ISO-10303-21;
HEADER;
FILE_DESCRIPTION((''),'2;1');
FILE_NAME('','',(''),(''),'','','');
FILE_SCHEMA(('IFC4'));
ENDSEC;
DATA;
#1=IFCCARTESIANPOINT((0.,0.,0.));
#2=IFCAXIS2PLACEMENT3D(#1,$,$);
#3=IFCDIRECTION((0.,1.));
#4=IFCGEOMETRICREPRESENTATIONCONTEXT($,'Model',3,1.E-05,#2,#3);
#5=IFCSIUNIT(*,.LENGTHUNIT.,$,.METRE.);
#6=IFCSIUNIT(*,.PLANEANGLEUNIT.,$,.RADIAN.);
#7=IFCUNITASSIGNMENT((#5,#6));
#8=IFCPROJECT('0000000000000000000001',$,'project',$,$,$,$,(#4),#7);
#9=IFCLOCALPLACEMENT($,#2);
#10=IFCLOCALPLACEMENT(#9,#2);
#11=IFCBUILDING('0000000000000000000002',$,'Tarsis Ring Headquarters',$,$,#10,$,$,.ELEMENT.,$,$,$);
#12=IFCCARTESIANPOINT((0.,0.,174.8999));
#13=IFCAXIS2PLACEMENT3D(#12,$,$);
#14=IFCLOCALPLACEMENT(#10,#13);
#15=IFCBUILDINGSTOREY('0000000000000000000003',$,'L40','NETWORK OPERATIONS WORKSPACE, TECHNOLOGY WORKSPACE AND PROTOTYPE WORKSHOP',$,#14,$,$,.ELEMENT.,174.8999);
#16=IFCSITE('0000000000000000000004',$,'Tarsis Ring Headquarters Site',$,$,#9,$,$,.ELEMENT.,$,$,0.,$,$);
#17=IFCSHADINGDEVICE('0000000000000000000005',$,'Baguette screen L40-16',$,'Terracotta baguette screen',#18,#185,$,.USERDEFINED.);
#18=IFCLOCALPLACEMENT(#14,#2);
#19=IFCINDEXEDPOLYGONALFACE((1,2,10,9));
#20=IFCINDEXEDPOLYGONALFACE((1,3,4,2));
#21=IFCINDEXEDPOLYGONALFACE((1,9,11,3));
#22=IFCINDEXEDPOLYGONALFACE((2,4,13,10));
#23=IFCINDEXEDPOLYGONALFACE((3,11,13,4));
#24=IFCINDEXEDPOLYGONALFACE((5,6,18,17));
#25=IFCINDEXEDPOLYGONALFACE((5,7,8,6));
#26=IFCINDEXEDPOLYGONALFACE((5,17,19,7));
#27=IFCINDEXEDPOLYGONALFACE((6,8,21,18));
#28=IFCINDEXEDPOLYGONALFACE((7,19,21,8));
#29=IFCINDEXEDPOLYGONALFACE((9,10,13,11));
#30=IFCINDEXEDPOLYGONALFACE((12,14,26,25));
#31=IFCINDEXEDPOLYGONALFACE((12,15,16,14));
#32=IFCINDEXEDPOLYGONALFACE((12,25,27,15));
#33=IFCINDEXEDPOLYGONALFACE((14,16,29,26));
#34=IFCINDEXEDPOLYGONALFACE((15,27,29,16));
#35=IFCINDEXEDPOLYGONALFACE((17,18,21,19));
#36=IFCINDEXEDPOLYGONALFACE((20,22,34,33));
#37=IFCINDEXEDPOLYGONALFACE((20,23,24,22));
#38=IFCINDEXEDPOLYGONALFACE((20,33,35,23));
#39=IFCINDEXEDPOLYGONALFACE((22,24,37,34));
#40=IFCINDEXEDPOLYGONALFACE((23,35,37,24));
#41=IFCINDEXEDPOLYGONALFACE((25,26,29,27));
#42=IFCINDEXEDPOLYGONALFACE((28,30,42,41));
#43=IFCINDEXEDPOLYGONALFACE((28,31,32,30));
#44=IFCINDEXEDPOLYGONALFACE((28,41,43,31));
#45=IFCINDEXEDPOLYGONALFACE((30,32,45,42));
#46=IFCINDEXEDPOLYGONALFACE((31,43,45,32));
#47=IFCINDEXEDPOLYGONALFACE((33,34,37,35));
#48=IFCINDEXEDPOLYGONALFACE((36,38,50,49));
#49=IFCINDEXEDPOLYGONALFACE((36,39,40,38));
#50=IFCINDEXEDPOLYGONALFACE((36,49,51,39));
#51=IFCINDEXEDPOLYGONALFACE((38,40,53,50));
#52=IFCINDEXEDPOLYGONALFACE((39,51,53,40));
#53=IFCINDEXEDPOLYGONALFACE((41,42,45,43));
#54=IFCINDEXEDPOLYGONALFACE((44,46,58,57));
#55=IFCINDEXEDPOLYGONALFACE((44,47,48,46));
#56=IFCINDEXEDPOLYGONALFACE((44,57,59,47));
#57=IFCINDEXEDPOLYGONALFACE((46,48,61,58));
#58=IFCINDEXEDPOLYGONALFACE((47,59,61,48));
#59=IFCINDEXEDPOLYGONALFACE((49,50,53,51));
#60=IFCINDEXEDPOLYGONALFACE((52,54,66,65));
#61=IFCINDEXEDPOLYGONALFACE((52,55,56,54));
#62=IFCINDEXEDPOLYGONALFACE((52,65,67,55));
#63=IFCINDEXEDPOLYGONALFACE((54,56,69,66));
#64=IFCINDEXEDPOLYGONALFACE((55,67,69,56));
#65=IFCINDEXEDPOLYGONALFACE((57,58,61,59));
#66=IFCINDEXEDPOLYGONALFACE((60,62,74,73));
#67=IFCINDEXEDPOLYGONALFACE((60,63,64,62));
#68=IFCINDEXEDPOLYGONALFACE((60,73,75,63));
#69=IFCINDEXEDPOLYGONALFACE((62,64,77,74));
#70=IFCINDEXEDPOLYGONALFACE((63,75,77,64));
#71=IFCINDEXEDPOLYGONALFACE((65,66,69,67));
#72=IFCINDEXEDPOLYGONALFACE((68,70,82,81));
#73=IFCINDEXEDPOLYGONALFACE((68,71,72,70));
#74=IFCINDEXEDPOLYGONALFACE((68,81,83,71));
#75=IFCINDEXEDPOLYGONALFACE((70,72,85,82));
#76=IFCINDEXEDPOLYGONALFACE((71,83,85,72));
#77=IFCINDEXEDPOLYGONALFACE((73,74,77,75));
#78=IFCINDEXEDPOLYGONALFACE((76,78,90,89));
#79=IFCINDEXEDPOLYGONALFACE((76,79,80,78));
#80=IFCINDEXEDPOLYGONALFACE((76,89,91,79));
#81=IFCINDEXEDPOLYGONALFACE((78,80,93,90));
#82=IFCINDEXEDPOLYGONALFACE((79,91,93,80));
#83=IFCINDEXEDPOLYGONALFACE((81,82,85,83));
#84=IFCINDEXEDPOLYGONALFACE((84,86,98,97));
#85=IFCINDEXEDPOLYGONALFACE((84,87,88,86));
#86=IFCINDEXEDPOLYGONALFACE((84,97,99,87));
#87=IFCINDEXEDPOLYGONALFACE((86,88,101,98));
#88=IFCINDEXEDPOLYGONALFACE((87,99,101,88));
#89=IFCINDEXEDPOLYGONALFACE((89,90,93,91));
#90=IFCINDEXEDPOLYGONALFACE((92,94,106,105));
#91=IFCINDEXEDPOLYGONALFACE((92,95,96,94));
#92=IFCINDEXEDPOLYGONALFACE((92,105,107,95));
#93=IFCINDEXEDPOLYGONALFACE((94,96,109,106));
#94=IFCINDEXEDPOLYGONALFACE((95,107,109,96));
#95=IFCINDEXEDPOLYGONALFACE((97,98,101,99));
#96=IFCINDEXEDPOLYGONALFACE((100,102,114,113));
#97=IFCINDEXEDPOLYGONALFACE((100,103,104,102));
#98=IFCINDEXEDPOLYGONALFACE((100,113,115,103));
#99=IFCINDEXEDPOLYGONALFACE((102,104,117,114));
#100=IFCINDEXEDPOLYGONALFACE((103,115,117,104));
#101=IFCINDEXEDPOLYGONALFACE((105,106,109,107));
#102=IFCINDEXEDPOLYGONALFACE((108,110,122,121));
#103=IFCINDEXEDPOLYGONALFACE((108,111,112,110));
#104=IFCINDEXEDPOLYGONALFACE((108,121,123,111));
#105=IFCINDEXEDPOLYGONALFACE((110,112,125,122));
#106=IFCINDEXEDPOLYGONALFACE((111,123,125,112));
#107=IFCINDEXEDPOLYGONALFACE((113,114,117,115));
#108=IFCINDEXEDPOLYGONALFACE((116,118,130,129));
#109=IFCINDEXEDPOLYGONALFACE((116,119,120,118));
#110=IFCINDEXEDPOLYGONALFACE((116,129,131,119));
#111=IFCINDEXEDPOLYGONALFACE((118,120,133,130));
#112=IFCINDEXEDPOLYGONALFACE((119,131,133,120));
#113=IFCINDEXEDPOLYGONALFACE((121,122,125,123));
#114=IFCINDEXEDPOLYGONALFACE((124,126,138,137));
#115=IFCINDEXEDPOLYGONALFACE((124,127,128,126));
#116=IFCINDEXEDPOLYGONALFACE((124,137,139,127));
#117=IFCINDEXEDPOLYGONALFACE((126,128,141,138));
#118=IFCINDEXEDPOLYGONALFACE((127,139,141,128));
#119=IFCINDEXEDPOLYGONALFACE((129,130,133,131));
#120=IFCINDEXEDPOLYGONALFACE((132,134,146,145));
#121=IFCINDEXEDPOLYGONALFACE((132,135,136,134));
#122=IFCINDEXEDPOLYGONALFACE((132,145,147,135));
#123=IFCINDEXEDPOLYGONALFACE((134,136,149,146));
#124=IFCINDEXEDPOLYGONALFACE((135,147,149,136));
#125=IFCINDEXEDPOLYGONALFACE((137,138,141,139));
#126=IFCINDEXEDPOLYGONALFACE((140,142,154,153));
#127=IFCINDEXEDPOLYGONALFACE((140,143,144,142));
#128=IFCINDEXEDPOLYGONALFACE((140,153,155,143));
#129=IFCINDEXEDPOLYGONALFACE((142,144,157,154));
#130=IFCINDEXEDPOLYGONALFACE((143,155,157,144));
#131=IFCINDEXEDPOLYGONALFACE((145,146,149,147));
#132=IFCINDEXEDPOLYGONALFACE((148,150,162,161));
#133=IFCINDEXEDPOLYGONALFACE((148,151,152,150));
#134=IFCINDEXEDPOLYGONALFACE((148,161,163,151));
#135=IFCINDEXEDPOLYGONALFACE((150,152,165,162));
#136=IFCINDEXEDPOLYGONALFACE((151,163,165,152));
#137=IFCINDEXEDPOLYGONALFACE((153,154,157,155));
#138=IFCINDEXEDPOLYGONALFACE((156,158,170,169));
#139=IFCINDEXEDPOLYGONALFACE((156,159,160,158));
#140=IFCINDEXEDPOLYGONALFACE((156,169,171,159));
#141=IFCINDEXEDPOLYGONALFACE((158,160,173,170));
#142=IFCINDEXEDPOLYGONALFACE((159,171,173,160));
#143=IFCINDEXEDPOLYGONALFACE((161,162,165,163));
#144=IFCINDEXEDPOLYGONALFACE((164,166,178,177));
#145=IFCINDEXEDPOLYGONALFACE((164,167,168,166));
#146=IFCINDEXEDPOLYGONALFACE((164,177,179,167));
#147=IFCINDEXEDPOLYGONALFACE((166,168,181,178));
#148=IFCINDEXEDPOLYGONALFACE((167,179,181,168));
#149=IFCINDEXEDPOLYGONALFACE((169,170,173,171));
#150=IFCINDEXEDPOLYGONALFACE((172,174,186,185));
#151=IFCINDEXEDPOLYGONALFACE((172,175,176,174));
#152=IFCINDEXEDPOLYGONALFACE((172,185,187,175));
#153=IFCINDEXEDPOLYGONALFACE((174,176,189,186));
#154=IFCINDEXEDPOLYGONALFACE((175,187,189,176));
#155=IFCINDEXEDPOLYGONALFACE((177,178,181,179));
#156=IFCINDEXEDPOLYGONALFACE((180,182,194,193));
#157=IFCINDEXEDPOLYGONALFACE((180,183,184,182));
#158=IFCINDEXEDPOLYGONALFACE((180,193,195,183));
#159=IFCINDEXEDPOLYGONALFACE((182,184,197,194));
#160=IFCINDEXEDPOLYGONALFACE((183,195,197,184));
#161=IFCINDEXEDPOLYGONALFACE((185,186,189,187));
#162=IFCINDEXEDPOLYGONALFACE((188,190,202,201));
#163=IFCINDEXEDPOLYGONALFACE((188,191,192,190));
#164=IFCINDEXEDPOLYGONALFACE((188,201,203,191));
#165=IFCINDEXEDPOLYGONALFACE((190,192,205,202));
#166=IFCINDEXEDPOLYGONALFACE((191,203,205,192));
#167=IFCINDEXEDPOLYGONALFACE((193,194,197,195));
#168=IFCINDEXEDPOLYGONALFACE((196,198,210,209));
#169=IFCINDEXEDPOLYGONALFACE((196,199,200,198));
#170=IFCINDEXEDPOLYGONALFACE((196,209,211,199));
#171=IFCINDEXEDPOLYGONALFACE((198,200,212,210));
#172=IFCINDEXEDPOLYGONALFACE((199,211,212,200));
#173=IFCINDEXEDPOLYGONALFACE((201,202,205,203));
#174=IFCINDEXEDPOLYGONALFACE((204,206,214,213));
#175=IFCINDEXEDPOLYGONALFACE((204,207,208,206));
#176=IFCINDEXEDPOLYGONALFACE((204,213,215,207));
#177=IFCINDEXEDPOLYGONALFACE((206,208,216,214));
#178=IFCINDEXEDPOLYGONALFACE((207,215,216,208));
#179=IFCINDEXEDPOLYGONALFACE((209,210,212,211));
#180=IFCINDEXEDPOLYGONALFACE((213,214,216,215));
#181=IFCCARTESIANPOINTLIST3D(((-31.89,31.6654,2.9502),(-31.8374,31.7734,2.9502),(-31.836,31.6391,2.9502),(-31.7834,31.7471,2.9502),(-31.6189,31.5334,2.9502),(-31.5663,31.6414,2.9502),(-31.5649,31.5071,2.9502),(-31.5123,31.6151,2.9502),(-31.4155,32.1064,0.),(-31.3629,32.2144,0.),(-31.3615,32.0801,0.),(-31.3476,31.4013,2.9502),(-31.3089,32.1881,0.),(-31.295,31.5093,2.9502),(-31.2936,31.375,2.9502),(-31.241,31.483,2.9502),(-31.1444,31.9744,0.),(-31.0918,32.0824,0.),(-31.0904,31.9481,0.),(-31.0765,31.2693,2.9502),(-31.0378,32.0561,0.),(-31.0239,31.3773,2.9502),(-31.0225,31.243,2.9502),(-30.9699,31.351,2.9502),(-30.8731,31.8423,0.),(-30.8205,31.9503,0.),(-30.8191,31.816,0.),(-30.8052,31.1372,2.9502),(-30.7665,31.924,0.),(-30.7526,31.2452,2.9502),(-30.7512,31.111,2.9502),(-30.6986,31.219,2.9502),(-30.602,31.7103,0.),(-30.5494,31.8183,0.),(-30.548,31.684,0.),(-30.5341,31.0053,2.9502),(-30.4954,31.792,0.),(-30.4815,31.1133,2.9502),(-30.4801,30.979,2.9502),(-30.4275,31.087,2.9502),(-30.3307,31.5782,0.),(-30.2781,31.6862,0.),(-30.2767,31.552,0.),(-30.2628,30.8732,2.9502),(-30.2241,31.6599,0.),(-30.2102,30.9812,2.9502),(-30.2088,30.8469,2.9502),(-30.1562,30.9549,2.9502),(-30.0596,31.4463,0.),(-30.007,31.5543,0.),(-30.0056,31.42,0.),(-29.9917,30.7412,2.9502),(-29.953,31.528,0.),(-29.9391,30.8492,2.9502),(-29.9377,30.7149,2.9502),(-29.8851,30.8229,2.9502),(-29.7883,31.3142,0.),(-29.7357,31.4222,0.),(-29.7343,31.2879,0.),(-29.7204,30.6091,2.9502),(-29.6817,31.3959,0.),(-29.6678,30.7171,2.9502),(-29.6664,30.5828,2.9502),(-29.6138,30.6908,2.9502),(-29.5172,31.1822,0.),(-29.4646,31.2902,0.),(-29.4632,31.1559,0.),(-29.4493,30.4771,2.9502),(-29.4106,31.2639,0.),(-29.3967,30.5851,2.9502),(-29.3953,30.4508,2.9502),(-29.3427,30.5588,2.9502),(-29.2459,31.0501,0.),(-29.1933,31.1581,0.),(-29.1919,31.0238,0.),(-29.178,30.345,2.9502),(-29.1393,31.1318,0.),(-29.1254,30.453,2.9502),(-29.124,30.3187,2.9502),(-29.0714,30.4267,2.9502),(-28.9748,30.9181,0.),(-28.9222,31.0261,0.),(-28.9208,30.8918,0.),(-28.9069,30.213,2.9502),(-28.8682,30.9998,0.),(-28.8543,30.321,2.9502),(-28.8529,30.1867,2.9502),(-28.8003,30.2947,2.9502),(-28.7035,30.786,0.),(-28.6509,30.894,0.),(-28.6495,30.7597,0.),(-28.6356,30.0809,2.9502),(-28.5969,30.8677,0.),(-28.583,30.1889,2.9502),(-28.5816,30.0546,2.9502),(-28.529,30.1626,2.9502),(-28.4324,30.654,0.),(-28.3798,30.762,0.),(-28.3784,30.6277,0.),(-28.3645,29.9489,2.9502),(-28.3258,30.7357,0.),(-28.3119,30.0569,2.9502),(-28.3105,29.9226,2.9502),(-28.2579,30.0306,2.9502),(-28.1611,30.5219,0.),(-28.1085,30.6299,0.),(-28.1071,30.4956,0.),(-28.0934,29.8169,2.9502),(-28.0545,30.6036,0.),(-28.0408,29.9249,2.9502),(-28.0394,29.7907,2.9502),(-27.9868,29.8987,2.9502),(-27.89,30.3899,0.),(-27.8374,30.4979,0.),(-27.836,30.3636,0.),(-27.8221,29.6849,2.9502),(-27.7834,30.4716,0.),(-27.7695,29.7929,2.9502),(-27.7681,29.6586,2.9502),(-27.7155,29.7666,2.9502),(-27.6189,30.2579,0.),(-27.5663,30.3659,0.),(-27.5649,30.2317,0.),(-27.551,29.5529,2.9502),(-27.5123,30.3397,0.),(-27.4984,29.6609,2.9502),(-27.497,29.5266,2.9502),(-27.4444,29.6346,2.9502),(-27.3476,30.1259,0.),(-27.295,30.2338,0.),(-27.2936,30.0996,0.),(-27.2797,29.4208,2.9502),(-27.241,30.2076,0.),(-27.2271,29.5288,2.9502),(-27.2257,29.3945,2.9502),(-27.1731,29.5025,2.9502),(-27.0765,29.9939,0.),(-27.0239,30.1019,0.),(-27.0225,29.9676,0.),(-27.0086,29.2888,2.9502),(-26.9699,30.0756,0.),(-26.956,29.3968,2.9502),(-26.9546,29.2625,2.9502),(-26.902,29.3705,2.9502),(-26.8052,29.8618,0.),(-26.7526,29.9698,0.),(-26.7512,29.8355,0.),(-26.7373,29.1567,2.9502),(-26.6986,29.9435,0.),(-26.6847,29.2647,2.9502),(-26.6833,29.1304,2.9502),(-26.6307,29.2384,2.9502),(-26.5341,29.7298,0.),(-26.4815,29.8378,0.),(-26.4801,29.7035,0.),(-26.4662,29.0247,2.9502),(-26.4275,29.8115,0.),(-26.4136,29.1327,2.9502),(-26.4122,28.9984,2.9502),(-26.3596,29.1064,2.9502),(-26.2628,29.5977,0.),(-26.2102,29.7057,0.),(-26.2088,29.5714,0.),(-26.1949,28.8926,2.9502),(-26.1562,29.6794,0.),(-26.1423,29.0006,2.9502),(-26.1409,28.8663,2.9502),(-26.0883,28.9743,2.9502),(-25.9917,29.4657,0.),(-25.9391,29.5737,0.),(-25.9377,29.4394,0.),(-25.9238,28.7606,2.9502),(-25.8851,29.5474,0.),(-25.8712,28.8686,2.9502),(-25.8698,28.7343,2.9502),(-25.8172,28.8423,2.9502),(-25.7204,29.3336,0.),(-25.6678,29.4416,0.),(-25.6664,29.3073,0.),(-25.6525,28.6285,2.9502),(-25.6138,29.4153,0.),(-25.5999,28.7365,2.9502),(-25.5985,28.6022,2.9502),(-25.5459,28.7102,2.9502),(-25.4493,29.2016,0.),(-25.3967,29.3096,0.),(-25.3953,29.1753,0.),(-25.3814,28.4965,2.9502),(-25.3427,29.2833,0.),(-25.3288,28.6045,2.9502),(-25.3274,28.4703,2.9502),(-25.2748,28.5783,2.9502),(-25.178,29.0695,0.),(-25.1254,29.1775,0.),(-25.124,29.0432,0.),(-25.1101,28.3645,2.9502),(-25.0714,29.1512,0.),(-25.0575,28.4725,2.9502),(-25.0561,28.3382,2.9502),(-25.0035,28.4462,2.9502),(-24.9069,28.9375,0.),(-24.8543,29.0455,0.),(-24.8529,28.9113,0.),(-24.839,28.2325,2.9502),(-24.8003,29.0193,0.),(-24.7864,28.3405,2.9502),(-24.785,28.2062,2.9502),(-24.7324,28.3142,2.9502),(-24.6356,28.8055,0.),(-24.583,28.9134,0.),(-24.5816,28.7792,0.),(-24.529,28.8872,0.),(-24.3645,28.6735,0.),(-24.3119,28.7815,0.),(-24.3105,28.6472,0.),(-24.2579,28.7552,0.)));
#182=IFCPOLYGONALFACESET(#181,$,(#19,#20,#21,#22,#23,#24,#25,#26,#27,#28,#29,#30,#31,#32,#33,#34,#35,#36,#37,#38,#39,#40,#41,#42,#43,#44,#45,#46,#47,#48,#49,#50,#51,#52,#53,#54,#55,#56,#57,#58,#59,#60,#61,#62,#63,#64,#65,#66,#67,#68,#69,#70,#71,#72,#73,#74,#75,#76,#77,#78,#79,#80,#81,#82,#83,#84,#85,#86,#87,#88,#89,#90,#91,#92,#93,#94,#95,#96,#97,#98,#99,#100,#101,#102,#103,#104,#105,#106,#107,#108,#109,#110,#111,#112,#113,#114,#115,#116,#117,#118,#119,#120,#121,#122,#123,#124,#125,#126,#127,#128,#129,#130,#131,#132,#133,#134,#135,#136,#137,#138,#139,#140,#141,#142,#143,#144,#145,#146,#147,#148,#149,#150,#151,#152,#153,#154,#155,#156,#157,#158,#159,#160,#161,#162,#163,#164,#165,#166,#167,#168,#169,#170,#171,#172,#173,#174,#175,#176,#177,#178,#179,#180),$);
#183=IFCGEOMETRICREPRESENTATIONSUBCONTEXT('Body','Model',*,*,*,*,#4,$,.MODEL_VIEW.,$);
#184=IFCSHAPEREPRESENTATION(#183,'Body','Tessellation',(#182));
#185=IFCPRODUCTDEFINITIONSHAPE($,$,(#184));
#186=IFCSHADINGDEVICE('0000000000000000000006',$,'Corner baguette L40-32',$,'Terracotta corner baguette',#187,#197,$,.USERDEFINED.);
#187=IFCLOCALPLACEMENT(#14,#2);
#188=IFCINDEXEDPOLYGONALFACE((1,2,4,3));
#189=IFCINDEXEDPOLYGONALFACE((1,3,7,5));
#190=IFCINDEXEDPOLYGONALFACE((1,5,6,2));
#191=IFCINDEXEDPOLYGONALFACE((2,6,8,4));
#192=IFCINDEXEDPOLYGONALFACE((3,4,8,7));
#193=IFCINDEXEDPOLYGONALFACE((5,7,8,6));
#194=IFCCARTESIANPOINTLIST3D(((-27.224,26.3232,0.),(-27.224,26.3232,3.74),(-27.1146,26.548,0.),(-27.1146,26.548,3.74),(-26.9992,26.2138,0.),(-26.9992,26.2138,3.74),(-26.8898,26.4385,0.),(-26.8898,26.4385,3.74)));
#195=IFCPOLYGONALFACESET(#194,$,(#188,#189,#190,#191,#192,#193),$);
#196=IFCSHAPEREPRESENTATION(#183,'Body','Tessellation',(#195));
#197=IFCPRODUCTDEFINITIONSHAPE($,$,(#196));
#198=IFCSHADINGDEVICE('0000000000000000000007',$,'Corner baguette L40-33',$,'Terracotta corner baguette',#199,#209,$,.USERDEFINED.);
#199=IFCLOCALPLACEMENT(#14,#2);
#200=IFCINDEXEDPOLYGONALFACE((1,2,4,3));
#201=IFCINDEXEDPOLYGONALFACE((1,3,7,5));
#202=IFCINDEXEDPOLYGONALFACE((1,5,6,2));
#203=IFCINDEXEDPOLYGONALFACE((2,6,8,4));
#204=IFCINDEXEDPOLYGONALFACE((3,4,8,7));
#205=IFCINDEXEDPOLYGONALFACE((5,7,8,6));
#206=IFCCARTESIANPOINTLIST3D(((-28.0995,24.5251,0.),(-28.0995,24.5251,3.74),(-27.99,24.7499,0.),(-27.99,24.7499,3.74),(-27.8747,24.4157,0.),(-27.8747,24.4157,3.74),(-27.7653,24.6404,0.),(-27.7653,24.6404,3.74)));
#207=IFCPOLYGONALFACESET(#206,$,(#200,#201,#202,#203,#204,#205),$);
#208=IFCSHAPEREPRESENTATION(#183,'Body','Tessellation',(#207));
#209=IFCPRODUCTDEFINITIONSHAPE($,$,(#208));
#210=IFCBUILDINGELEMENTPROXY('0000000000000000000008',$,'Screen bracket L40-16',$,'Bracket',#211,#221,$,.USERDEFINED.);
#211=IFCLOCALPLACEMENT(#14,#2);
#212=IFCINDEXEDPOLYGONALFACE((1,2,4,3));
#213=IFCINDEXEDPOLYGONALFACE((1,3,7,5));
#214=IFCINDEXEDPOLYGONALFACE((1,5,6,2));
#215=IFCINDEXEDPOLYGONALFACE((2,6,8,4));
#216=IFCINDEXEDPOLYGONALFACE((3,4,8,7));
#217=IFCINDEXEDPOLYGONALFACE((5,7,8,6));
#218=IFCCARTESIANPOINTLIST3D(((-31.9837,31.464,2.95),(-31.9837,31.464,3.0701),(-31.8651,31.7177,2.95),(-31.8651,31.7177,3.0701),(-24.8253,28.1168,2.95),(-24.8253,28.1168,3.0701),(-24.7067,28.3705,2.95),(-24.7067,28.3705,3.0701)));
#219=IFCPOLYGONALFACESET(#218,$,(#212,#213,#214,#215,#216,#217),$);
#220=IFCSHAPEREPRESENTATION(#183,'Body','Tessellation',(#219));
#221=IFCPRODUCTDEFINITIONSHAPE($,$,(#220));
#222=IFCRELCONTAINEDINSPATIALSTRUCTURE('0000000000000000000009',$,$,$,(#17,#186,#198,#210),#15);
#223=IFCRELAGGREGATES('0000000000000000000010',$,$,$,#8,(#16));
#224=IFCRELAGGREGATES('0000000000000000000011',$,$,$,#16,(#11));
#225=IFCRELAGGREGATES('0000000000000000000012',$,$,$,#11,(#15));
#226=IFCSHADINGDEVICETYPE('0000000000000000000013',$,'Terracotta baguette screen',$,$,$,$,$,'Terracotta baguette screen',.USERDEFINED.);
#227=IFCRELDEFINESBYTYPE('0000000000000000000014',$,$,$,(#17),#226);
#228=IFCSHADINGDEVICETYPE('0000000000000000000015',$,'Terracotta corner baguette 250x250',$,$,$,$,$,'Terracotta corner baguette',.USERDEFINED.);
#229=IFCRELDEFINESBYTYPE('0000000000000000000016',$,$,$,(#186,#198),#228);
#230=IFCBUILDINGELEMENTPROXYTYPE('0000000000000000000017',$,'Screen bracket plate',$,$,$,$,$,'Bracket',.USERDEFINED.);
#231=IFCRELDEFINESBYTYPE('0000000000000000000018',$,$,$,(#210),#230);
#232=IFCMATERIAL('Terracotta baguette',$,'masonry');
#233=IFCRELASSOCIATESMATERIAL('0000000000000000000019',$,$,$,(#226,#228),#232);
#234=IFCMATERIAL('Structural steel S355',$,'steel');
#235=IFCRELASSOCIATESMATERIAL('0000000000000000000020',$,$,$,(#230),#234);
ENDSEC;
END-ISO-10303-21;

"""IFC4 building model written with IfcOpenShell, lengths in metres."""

from ifc_helpers import new_model, si_unit, direction, frame, frame_2d, origin, origin_2d, place, context, subcontext, project, spatial, rectangle, composite_profile, extrude, material, type_object, element, save


model = new_model("IFC4")

# Units and contexts
model_context = context("Model", 3, precision=1e-05, world=origin(), true_north=direction((0.0, 1.0)))
body_context = subcontext(model_context, "Body", "Model", "MODEL_VIEW")
ifc_project = project(units=[si_unit("LENGTHUNIT", "METRE"), si_unit("PLANEANGLEUNIT", "RADIAN")], contexts=[model_context])

# Site, building, storey
site_placement = place(None, origin())
site = spatial("IfcSite", under=ifc_project, at=site_placement, Name="Tarsis Ring Headquarters Site", CompositionType="ELEMENT", RefElevation=0.0)
building_placement = place(site_placement, origin())
building = spatial("IfcBuilding", under=site, at=building_placement, Name="Tarsis Ring Headquarters", CompositionType="ELEMENT")
storey_placement = place(building_placement, frame((0.0, 0.0, 174.8999)))
storey = spatial("IfcBuildingStorey", under=building, at=storey_placement, Name="L40", Description="NETWORK OPERATIONS WORKSPACE, TECHNOLOGY WORKSPACE AND PROTOTYPE WORKSHOP", CompositionType="ELEMENT", Elevation=174.8999)

# Shared definitions
ifc_material_1 = material(Name="Structural steel S355", Category="steel")

# Shading devices
ifc_material_2 = material(Name="Terracotta baguette", Category="masonry")
shading_device_type_1 = type_object("IfcShadingDeviceType", Name="Terracotta baguette screen", ElementType="Terracotta baguette screen", PredefinedType="USERDEFINED", material=ifc_material_2)
shading_device_1_placement = place(storey_placement, frame((-24.2842, 28.7012, 0.0), z_axis=(0.0, 0.0, 1.0), x_axis=(-0.899098, 0.437747, 0.0)))
element("IfcShadingDevice", 1, at=shading_device_1_placement, inside=storey, type_object=shading_device_type_1, Name="Baguette screen L40-16", ObjectType="Terracotta baguette screen", PredefinedType="USERDEFINED", context=body_context, shape_type="SweptSolid", body=[
    extrude(composite_profile([rectangle(XDim=0.0601, YDim=0.1201, at=frame_2d((0.03, 0.0))), rectangle(XDim=0.0601, YDim=0.1201, at=frame_2d((0.3315, 0.0))), rectangle(XDim=0.0601, YDim=0.1201, at=frame_2d((0.6333, 0.0))), rectangle(XDim=0.0601, YDim=0.1201, at=frame_2d((0.9348, 0.0))), rectangle(XDim=0.0601, YDim=0.1201, at=frame_2d((1.2366, 0.0))), rectangle(XDim=0.0601, YDim=0.1201, at=frame_2d((1.5381, 0.0))), rectangle(XDim=0.0601, YDim=0.1201, at=frame_2d((1.8398, 0.0))), rectangle(XDim=0.0601, YDim=0.1201, at=frame_2d((2.1414, 0.0))), rectangle(XDim=0.0601, YDim=0.1201, at=frame_2d((2.4431, 0.0))), rectangle(XDim=0.0601, YDim=0.1201, at=frame_2d((2.7446, 0.0))), rectangle(XDim=0.0601, YDim=0.1201, at=frame_2d((3.0464, 0.0))), rectangle(XDim=0.0601, YDim=0.1201, at=frame_2d((3.3479, 0.0))), rectangle(XDim=0.0601, YDim=0.1201, at=frame_2d((3.6497, 0.0))), rectangle(XDim=0.0601, YDim=0.1201, at=frame_2d((3.9512, 0.0))), rectangle(XDim=0.0601, YDim=0.1201, at=frame_2d((4.2527, 0.0))), rectangle(XDim=0.0601, YDim=0.1201, at=frame_2d((4.5544, 0.0))), rectangle(XDim=0.0601, YDim=0.1201, at=frame_2d((4.856, 0.0))), rectangle(XDim=0.0601, YDim=0.1201, at=frame_2d((5.1577, 0.0))), rectangle(XDim=0.0601, YDim=0.1201, at=frame_2d((5.4592, 0.0))), rectangle(XDim=0.0601, YDim=0.1201, at=frame_2d((5.761, 0.0))), rectangle(XDim=0.0601, YDim=0.1201, at=frame_2d((6.0625, 0.0))), rectangle(XDim=0.0601, YDim=0.1201, at=frame_2d((6.3643, 0.0))), rectangle(XDim=0.0601, YDim=0.1201, at=frame_2d((6.6658, 0.0))), rectangle(XDim=0.0601, YDim=0.1201, at=frame_2d((6.9675, 0.0))), rectangle(XDim=0.0601, YDim=0.1201, at=frame_2d((7.269, 0.0))), rectangle(XDim=0.0601, YDim=0.1201, at=frame_2d((7.5708, 0.0))), rectangle(XDim=0.0601, YDim=0.1201, at=frame_2d((7.8723, 0.0)))]), origin(), (0.077347, 0.200044, 0.976729), 3.0205),
])
shading_device_type_2 = type_object("IfcShadingDeviceType", Name="Terracotta corner baguette 250x250", ElementType="Terracotta corner baguette", PredefinedType="USERDEFINED", material=ifc_material_2)
for number, where, z_axis, x_axis, name in (
    (2, (-27.0569, 26.3809, 0.0), (0.0, 0.0, 1.0), (-0.8991, 0.437744, 0.0), "Corner baguette L40-32"),
    (3, (-27.9324, 24.5828, 0.0), (0.0, 0.0, 1.0), (-0.437743, -0.8991, 0.0), "Corner baguette L40-33"),
):
    element("IfcShadingDevice", number, at=place(storey_placement, frame(where, z_axis=z_axis, x_axis=x_axis)), inside=storey, type_object=shading_device_type_2, Name=name, ObjectType="Terracotta corner baguette", PredefinedType="USERDEFINED", context=body_context, shape_type="SweptSolid", body=[
        extrude(rectangle(XDim=0.25, YDim=0.25, at=origin_2d()), origin(), (0.0, 0.0, 1.0), 3.74),
    ])

# Building element proxy
building_element_proxy_type = type_object("IfcBuildingElementProxyType", Name="Screen bracket plate", ElementType="Bracket", PredefinedType="USERDEFINED", material=ifc_material_1)
proxy_placement = place(storey_placement, frame((-28.3452, 29.9172, 2.95), z_axis=(0.0, 0.0, 1.0), x_axis=(-0.905865, 0.423567, 0.0)))
element("IfcBuildingElementProxy", 4, at=proxy_placement, inside=storey, type_object=building_element_proxy_type, Name="Screen bracket L40-16", ObjectType="Bracket", PredefinedType="USERDEFINED", context=body_context, shape_type="SweptSolid", body=[
    extrude(rectangle(XDim=7.9023, YDim=0.28, at=origin_2d()), origin(), (0.0, 0.0, 1.0), 0.1201),
])

save(model, "model.ifc")
